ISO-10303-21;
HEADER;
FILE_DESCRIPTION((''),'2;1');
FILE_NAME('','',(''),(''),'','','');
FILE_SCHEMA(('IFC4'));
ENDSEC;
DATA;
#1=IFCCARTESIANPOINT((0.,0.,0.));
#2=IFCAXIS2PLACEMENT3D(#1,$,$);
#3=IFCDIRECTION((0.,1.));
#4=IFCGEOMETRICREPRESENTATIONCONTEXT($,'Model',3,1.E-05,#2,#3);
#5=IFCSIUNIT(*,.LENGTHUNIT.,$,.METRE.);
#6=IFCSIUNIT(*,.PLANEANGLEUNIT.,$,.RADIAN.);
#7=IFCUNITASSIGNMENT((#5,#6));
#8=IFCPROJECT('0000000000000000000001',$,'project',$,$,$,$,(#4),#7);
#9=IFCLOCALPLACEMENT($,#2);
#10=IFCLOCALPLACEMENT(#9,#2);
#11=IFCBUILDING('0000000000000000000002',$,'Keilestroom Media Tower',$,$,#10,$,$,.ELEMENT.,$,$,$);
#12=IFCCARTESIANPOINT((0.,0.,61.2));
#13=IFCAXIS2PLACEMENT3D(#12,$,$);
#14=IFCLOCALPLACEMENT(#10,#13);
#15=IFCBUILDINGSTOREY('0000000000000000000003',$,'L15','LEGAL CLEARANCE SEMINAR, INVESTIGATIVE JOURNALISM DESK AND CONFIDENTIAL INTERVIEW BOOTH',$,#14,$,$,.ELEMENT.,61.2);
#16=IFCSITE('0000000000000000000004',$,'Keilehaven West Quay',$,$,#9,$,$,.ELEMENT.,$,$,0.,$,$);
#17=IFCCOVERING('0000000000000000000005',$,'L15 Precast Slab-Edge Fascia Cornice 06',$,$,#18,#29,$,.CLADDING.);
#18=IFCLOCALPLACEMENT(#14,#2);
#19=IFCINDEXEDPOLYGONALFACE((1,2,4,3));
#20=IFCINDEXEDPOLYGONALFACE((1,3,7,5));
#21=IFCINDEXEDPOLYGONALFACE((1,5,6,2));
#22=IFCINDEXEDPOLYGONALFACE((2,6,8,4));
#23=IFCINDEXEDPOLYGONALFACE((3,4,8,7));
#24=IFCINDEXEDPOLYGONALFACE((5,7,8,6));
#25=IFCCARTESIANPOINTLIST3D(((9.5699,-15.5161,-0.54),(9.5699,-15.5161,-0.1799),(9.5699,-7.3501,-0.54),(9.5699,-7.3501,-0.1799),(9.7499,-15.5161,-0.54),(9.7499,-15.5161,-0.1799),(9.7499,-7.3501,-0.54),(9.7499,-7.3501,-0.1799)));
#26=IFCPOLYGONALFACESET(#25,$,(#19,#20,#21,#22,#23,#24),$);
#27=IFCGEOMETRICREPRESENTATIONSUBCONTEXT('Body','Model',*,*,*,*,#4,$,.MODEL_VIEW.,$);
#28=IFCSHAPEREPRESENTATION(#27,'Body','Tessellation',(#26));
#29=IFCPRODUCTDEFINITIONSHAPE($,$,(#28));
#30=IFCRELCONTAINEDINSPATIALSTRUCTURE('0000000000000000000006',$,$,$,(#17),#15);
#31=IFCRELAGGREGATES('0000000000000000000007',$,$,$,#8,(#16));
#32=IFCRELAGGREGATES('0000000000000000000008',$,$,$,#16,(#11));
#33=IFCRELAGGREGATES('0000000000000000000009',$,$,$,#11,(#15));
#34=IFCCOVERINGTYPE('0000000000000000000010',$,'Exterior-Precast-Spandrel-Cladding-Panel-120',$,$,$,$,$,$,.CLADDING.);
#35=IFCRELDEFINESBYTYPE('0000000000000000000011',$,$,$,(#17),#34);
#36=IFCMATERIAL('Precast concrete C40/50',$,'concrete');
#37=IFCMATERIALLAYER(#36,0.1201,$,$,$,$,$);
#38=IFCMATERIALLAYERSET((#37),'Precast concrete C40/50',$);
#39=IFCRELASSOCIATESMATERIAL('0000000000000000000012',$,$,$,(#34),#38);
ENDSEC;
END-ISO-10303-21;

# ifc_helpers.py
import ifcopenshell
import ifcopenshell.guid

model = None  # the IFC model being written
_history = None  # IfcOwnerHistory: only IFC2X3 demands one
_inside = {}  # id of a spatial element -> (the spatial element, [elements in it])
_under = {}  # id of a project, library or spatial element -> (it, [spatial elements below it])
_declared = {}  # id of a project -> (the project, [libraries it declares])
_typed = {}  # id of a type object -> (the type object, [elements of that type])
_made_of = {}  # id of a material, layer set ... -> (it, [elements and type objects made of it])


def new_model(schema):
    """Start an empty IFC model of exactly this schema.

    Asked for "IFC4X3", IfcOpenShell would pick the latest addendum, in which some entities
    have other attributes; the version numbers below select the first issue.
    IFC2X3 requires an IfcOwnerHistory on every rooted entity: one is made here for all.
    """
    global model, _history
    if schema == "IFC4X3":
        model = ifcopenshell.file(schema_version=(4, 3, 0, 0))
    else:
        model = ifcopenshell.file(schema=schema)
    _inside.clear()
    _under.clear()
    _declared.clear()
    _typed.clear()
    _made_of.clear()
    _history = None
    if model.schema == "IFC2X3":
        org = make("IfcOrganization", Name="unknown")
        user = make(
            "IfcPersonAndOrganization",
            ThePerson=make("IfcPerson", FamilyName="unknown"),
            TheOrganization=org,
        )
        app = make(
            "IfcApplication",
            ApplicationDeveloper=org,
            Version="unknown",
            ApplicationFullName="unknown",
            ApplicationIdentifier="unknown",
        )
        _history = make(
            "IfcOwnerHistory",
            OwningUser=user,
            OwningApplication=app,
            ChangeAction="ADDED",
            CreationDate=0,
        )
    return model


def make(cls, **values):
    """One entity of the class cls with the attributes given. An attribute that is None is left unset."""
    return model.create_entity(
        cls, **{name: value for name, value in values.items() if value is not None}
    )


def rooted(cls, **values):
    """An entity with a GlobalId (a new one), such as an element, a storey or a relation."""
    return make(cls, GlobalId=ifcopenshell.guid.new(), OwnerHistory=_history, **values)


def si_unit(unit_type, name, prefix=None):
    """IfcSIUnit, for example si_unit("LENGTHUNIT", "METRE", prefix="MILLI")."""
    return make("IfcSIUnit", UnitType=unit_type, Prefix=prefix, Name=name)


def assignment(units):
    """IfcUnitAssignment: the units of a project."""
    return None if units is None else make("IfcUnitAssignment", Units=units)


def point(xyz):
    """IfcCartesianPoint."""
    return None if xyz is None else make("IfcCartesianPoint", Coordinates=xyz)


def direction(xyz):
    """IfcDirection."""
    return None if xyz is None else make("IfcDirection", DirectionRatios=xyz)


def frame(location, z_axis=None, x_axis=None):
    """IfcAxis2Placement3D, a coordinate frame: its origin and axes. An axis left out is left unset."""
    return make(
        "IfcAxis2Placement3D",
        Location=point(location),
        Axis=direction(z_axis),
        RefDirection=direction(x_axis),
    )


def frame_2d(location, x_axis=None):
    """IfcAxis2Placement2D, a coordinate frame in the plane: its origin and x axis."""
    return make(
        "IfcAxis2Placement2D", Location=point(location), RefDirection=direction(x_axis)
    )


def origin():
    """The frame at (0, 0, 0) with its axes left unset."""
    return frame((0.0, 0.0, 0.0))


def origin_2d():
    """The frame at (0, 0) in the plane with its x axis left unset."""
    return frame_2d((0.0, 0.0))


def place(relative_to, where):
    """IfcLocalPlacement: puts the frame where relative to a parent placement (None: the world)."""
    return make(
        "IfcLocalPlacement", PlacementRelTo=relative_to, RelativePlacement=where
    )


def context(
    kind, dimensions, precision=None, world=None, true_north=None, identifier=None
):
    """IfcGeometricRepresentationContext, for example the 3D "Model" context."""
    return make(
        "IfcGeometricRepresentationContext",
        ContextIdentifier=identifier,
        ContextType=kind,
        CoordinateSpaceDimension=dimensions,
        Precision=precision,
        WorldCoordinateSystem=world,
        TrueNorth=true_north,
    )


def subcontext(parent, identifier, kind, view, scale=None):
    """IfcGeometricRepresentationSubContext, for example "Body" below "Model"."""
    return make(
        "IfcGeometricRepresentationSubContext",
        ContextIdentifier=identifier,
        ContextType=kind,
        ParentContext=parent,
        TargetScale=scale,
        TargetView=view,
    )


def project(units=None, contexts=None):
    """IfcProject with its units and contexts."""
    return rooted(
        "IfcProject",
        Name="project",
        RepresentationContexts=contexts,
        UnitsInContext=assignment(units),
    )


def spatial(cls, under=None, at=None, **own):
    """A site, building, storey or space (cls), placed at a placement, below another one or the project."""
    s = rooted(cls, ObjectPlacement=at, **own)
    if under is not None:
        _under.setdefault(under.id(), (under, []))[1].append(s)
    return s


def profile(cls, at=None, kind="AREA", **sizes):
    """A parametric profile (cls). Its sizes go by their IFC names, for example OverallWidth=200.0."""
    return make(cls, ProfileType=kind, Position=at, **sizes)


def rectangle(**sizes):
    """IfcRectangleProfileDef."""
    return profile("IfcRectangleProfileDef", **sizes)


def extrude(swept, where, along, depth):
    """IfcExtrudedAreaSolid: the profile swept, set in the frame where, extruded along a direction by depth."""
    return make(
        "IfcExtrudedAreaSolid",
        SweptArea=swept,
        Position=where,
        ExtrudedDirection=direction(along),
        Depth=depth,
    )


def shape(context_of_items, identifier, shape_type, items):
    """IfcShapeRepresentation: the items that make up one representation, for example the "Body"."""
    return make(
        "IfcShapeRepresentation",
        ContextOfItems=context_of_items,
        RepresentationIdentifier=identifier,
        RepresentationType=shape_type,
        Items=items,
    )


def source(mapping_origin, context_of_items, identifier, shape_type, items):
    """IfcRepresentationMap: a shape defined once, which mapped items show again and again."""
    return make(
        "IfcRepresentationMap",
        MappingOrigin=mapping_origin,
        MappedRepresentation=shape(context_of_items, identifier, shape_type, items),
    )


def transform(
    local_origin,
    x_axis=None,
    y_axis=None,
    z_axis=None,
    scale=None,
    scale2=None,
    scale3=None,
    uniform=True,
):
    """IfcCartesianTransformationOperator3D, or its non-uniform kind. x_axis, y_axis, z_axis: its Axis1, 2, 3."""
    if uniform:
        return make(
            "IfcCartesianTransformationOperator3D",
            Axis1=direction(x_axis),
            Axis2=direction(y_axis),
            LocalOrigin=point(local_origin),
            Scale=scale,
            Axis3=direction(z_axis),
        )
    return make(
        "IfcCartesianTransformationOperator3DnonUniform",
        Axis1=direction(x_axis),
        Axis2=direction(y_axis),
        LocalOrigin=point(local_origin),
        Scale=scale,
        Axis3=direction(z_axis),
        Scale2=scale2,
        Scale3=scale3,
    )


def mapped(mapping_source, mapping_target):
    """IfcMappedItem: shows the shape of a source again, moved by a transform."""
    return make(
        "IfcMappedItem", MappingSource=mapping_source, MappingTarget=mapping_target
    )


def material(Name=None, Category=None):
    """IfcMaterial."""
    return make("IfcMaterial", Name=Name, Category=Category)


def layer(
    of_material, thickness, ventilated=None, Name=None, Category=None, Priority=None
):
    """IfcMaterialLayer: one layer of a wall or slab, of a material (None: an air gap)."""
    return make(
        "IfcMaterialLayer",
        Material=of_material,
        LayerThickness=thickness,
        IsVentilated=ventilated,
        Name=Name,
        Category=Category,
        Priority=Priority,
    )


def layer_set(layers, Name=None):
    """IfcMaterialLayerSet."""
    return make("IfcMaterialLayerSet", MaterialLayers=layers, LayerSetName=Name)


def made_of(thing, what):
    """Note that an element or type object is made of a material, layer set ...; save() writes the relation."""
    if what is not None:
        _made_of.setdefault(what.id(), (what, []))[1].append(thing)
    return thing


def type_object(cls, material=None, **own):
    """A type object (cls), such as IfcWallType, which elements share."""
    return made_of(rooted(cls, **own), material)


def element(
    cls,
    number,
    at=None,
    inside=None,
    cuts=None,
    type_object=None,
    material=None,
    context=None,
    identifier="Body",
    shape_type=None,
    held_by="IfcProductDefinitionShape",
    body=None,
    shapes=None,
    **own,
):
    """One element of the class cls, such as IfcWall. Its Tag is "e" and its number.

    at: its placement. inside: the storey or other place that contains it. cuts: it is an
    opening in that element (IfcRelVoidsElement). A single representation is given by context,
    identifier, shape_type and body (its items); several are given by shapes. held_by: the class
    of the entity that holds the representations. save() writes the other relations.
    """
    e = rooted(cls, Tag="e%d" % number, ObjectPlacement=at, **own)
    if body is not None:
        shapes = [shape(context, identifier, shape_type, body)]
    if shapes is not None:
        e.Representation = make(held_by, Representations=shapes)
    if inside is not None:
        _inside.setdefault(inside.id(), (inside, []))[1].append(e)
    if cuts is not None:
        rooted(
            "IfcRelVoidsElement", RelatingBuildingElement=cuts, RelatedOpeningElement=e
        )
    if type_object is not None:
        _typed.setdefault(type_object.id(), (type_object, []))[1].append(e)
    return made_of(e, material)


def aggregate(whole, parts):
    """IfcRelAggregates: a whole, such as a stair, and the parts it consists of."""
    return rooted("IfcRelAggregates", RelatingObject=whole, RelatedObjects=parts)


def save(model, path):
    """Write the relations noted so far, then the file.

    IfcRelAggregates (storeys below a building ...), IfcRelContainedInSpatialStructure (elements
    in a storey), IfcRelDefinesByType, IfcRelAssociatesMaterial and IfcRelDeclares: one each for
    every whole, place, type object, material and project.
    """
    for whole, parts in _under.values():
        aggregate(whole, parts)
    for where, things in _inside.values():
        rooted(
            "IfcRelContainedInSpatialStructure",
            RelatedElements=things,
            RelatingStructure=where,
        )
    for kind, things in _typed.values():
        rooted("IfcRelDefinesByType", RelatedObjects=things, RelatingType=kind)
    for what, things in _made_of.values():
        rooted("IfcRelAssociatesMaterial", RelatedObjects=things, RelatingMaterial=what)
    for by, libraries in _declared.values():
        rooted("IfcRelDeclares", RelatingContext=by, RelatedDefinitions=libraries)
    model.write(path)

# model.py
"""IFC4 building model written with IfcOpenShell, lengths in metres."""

from ifc_helpers import new_model, si_unit, direction, frame, origin, origin_2d, place, context, subcontext, project, spatial, rectangle, extrude, source, transform, mapped, material, layer, layer_set, type_object, element, save


model = new_model("IFC4")

# Units and contexts
model_context = context("Model", 3, precision=1e-05, world=origin(), true_north=direction((0.0, 1.0)))
body_context = subcontext(model_context, "Body", "Model", "MODEL_VIEW")
ifc_project = project(units=[si_unit("LENGTHUNIT", "METRE"), si_unit("PLANEANGLEUNIT", "RADIAN")], contexts=[model_context])

# Site, building, storey
site_placement = place(None, origin())
site = spatial("IfcSite", under=ifc_project, at=site_placement, Name="Keilehaven West Quay", CompositionType="ELEMENT", RefElevation=0.0)
building_placement = place(site_placement, origin())
building = spatial("IfcBuilding", under=site, at=building_placement, Name="Keilestroom Media Tower", CompositionType="ELEMENT")
storey_placement = place(building_placement, frame((0.0, 0.0, 61.2)))
storey = spatial("IfcBuildingStorey", under=building, at=storey_placement, Name="L15", Description="LEGAL CLEARANCE SEMINAR, INVESTIGATIVE JOURNALISM DESK AND CONFIDENTIAL INTERVIEW BOOTH", CompositionType="ELEMENT", Elevation=61.2)

# Shared definitions
ifc_material_1 = material(Name="Precast concrete C40/50", Category="concrete")

# Covering
ifc_layer_1 = layer(ifc_material_1, 0.1201)
ifc_layer_set_1 = layer_set([ifc_layer_1], Name="Precast concrete C40/50")
covering_type = type_object("IfcCoveringType", Name="Exterior-Precast-Spandrel-Cladding-Panel-120", PredefinedType="CLADDING", material=ifc_layer_set_1)
shared_shape_1 = source(origin(), body_context, "Body", "SweptSolid", [
    extrude(rectangle(XDim=8.166, YDim=0.1799, at=origin_2d()), origin(), (0.0, 0.0, 1.0), 0.3601),
])
covering_placement = place(storey_placement, frame((9.6599, -11.4331, -0.54), z_axis=(0.0, 0.0, 1.0), x_axis=(0.0, -1.0, 0.0)))
element("IfcCovering", 1, at=covering_placement, inside=storey, type_object=covering_type, Name="L15 Precast Slab-Edge Fascia Cornice 06", PredefinedType="CLADDING", context=body_context, shape_type="MappedRepresentation", body=[
    mapped(shared_shape_1, transform((0.0, 0.0, 0.0), x_axis=(1.0, 0.0, 0.0), y_axis=(0.0, 1.0, 0.0), z_axis=(0.0, 0.0, 1.0), scale=1.0)),
])

save(model, "model.ifc")
